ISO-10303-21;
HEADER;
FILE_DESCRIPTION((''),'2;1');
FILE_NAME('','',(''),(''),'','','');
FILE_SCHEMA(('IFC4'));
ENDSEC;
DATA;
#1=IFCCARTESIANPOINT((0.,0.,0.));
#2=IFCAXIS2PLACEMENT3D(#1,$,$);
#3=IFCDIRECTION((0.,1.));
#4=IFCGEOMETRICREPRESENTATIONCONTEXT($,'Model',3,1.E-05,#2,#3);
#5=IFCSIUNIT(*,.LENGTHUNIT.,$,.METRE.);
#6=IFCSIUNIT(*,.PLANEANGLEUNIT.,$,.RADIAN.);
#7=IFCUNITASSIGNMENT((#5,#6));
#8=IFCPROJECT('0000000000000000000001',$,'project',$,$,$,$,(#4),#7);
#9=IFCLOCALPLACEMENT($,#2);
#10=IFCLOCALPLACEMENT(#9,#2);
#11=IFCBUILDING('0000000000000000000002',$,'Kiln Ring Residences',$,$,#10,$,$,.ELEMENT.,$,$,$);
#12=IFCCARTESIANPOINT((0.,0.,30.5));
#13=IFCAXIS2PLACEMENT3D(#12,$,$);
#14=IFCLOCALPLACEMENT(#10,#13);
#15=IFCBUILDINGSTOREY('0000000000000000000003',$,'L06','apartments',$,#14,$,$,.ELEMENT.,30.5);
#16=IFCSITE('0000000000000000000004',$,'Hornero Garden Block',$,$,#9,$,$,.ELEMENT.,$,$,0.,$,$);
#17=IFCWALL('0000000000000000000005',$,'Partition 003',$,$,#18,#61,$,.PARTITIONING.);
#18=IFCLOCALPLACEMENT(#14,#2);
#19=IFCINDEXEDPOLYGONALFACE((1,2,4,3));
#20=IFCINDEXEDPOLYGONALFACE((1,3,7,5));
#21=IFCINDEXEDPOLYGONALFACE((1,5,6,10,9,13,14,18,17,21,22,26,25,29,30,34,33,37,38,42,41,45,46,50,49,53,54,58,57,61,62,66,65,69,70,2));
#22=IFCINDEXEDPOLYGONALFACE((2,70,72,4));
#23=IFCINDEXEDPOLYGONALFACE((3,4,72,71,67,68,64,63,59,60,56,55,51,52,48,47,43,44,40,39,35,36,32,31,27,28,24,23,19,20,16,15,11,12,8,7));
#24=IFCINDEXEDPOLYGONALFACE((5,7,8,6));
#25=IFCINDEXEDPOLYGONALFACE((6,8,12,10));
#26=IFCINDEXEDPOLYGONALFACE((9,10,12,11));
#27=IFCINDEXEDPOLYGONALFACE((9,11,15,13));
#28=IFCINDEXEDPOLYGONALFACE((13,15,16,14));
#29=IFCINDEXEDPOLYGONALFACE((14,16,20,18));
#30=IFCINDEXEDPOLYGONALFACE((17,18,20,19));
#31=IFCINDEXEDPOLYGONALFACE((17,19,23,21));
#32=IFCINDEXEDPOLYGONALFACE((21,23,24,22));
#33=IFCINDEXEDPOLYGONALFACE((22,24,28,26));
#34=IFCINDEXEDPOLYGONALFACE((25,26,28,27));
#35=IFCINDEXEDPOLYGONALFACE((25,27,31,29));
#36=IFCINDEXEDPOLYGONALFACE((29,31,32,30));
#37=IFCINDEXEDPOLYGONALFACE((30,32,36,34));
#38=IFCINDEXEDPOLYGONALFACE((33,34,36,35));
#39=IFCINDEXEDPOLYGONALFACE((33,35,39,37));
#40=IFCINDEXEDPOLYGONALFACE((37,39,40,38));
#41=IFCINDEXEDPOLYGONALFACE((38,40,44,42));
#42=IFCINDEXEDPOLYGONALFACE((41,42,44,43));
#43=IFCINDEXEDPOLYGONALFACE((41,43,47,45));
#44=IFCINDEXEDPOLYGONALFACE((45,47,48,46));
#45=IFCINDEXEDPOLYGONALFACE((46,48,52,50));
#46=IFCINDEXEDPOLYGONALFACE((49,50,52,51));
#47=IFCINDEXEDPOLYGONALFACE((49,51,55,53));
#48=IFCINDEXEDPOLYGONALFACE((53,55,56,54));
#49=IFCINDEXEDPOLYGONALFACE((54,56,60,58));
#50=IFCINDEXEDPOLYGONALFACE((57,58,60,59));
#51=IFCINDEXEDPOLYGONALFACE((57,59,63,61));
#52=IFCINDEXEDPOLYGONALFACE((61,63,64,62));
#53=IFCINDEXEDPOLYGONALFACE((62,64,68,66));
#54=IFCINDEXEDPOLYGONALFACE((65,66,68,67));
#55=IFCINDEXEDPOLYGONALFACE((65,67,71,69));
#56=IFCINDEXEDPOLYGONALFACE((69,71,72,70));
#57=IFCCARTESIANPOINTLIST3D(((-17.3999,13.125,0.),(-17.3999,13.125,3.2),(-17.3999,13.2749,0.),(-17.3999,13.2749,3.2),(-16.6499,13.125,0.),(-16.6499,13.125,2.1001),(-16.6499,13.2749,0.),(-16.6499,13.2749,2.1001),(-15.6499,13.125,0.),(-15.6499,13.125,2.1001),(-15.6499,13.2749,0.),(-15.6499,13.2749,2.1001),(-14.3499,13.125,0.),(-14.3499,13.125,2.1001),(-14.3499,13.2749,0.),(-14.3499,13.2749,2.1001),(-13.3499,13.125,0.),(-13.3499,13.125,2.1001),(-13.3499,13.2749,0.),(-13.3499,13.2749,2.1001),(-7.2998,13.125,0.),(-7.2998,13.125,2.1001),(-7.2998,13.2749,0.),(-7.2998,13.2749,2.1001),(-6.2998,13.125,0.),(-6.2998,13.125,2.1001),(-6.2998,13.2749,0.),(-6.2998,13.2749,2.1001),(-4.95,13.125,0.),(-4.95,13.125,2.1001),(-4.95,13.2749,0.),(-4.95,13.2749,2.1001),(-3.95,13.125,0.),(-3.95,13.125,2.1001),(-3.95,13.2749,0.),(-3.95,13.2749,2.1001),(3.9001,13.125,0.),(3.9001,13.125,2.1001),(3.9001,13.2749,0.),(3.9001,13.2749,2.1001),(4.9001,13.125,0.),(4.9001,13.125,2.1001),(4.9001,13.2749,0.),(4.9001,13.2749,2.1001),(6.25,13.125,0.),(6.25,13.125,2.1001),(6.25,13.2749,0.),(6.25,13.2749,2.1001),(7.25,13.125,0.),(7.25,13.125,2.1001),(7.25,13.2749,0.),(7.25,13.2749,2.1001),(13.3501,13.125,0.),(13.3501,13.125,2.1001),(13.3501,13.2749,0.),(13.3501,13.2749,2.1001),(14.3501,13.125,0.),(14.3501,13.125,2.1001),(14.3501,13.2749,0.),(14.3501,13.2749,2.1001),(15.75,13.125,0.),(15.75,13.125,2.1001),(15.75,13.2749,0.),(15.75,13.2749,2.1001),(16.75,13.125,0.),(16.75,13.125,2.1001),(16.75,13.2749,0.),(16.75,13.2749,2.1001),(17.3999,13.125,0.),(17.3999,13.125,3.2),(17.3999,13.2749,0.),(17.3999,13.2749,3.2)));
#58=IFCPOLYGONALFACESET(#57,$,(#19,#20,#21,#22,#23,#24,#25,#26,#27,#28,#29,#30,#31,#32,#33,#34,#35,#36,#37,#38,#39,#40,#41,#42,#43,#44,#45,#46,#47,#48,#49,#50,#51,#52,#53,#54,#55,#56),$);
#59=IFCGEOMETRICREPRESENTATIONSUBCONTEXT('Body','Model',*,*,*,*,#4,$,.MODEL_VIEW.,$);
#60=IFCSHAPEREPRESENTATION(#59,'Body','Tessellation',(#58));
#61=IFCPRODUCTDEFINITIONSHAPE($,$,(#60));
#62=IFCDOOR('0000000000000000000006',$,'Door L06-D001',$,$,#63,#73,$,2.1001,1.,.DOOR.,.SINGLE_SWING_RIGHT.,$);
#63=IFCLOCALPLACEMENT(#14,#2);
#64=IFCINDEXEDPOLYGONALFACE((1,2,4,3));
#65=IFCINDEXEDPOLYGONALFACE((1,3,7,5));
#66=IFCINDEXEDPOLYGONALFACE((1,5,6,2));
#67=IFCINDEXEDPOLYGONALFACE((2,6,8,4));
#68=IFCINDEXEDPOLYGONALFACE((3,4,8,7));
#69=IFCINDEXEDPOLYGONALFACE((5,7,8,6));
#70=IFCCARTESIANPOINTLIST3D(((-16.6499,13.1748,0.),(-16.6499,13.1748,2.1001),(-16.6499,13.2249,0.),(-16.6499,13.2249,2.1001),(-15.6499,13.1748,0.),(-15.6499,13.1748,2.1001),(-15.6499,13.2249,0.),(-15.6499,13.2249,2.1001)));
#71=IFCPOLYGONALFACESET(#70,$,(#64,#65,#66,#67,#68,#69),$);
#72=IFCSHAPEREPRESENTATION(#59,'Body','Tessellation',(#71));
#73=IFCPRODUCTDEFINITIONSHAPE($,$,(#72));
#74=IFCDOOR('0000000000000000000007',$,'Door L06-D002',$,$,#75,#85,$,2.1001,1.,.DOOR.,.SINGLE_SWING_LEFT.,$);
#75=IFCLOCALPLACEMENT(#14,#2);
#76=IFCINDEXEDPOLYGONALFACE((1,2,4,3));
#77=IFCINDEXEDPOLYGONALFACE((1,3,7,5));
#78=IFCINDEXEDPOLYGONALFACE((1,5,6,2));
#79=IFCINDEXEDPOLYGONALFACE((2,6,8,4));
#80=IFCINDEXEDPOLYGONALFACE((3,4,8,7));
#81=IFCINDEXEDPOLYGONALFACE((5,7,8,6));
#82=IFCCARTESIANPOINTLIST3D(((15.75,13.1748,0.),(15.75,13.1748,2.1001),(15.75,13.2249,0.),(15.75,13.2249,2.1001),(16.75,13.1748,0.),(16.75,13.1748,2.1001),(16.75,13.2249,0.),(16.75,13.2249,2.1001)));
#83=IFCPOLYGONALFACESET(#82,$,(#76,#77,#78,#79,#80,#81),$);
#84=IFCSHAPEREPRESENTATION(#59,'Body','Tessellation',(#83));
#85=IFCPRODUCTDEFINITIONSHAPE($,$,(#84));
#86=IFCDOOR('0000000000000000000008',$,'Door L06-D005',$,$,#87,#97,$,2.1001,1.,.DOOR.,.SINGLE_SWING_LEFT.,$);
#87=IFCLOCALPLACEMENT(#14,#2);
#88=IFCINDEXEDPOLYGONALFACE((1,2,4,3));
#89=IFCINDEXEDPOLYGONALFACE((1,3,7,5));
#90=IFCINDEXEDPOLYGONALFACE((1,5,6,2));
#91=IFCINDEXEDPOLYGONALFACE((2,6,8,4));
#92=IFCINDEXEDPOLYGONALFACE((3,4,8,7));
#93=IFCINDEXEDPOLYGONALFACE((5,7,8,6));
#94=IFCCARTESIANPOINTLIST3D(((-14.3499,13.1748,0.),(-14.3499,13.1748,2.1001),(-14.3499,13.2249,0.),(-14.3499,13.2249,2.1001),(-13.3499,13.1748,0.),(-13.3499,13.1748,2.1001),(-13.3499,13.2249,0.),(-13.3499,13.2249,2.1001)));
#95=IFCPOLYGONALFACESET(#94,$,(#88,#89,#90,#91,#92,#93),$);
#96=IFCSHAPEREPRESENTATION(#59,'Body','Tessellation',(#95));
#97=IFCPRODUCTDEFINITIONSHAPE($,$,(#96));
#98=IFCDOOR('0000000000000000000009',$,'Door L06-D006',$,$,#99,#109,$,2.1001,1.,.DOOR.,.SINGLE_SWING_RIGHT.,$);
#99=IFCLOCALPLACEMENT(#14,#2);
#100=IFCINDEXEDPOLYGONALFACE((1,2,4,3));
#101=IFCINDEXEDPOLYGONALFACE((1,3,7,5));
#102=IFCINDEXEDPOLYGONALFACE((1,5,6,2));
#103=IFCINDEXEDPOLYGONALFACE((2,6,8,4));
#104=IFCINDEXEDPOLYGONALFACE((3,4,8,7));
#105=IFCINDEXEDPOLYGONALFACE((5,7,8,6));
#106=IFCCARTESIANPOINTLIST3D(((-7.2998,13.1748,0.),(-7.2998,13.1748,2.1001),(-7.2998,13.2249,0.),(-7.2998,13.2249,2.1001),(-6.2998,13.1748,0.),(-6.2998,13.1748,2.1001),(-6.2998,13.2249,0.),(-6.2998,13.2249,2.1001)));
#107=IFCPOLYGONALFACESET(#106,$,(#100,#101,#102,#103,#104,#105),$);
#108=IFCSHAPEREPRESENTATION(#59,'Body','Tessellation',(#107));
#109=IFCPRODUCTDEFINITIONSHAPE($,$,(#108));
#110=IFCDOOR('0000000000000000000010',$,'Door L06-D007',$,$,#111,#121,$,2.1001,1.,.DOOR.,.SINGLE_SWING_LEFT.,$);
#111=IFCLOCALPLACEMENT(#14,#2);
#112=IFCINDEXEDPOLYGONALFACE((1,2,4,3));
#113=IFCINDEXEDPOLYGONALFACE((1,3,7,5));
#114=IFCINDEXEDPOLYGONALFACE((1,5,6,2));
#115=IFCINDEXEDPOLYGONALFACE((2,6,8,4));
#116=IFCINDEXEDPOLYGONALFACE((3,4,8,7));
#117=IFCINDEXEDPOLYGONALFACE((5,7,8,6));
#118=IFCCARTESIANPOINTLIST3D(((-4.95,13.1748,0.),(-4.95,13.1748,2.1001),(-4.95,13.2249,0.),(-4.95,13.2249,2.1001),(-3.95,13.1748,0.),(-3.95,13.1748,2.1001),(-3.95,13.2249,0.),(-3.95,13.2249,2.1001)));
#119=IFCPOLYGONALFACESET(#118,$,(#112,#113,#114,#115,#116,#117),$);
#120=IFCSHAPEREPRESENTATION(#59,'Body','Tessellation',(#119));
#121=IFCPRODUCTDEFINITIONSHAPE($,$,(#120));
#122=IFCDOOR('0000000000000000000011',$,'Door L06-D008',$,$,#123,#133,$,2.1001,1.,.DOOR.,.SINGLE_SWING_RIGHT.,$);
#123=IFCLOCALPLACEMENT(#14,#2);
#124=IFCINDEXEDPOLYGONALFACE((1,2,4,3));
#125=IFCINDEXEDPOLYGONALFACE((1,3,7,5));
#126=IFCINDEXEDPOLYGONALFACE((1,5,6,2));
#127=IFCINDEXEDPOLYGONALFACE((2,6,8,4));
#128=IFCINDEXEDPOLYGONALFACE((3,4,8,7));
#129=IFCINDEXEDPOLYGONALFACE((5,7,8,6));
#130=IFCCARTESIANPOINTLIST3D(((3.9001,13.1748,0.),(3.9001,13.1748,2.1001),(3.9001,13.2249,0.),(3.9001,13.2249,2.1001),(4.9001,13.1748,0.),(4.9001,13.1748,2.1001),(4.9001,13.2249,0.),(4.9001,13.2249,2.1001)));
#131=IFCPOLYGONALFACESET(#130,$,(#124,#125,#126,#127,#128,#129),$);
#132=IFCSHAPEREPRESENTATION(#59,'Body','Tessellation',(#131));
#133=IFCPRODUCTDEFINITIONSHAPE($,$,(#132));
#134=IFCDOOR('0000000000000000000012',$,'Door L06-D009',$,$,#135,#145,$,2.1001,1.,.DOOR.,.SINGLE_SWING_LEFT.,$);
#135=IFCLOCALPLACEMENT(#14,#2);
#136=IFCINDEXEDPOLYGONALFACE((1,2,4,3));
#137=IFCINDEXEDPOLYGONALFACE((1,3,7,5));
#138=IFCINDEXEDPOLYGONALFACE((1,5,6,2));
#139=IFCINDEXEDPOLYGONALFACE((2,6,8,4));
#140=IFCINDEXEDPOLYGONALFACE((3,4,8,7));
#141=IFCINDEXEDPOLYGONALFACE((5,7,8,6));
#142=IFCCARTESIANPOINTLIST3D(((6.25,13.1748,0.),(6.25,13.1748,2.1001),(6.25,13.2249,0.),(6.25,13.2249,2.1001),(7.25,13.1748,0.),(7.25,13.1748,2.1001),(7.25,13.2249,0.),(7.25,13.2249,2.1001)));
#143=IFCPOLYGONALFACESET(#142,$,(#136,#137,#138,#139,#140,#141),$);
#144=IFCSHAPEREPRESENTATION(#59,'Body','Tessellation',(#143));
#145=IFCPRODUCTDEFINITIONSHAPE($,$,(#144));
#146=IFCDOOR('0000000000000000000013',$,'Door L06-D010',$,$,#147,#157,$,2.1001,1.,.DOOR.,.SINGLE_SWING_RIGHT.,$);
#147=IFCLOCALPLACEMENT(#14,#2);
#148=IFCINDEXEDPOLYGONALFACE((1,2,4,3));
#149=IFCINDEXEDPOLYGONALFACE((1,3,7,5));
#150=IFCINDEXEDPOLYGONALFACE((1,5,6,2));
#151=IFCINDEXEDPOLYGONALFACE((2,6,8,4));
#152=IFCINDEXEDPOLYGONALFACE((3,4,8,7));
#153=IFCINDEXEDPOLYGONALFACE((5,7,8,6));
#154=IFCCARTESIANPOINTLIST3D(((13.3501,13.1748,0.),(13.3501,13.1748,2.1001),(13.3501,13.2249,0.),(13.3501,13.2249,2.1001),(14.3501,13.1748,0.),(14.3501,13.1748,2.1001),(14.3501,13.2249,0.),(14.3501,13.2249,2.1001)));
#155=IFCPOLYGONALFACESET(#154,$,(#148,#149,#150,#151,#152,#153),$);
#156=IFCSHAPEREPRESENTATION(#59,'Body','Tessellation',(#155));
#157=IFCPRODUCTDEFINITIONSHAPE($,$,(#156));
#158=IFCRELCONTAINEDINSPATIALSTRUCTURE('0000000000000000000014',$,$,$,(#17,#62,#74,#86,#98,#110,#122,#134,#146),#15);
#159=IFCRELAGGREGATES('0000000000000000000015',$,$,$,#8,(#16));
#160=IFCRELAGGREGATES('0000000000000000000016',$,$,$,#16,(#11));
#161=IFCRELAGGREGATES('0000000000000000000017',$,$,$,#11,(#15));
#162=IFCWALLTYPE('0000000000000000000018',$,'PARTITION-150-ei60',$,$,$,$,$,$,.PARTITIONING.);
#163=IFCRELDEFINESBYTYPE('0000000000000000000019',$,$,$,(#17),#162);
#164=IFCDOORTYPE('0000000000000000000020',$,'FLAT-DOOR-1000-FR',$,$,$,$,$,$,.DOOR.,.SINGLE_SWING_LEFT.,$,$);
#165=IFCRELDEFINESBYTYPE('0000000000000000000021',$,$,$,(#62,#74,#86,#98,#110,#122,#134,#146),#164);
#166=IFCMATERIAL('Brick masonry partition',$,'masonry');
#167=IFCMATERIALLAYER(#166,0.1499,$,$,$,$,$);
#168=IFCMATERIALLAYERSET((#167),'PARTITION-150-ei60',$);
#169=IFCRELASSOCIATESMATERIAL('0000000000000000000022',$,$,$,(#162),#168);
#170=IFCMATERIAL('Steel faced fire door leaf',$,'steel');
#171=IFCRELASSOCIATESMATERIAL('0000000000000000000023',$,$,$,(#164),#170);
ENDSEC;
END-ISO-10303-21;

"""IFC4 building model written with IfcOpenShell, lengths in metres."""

from ifc_helpers import new_model, si_unit, direction, frame, frame_2d, origin, place, context, subcontext, project, spatial, rectangle, extrude, material, layer, layer_set, type_object, element, fill, save


model = new_model("IFC4")

# Units and contexts
model_context = context("Model", 3, precision=1e-05, world=origin(), true_north=direction((0.0, 1.0)))
body_context = subcontext(model_context, "Body", "Model", "MODEL_VIEW")
ifc_project = project(units=[si_unit("LENGTHUNIT", "METRE"), si_unit("PLANEANGLEUNIT", "RADIAN")], contexts=[model_context])

# Site, building, storey
site_placement = place(None, origin())
site = spatial("IfcSite", under=ifc_project, at=site_placement, Name="Hornero Garden Block", CompositionType="ELEMENT", RefElevation=0.0)
building_placement = place(site_placement, origin())
building = spatial("IfcBuilding", under=site, at=building_placement, Name="Kiln Ring Residences", CompositionType="ELEMENT")
storey_placement = place(building_placement, frame((0.0, 0.0, 30.5)))
storey = spatial("IfcBuildingStorey", under=building, at=storey_placement, Name="L06", Description="apartments", CompositionType="ELEMENT", Elevation=30.5)

# Wall, openings, doors
ifc_material_1 = material(Name="Brick masonry partition", Category="masonry")
ifc_layer_1 = layer(ifc_material_1, 0.1499)
ifc_layer_set_1 = layer_set([ifc_layer_1], Name="PARTITION-150-ei60")
wall_type_1 = type_object("IfcWallType", Name="PARTITION-150-ei60", PredefinedType="PARTITIONING", material=ifc_layer_set_1)
wall_1_placement = place(storey_placement, frame((-17.3999, 13.2, 0.0), z_axis=(0.0, 0.0, 1.0), x_axis=(1.0, 0.0, 0.0)))
wall_1 = element("IfcWall", 1, at=wall_1_placement, inside=storey, type_object=wall_type_1, Name="Partition 003", PredefinedType="PARTITIONING", context=body_context, shape_type="SweptSolid", body=[
    extrude(rectangle(XDim=34.7998, YDim=0.1499, at=frame_2d((17.3999, 0.0))), origin(), (0.0, 0.0, 1.0), 3.2),
])
opening_1_placement = place(wall_1_placement, frame((0.75, 0.0, 0.0)))
opening_1 = element("IfcOpeningElement", 2, at=opening_1_placement, cuts=wall_1, PredefinedType="OPENING", context=body_context, shape_type="SweptSolid", body=[
    extrude(rectangle(XDim=1.0, YDim=2.1001, at=frame_2d((0.5, 1.05))), frame((0.0, 0.085, 0.0), z_axis=(0.0, -1.0, 0.0), x_axis=(1.0, 0.0, 0.0)), (0.0, 0.0, 1.0), 0.1699),
])
opening_2_placement = place(wall_1_placement, frame((33.1499, 0.0, 0.0)))
opening_2 = element("IfcOpeningElement", 3, at=opening_2_placement, cuts=wall_1, PredefinedType="OPENING", context=body_context, shape_type="SweptSolid", body=[
    extrude(rectangle(XDim=1.0, YDim=2.1001, at=frame_2d((0.5, 1.05))), frame((0.0, 0.085, 0.0), z_axis=(0.0, -1.0, 0.0), x_axis=(1.0, 0.0, 0.0)), (0.0, 0.0, 1.0), 0.1699),
])
opening_3_placement = place(wall_1_placement, frame((3.05, 0.0, 0.0)))
opening_3 = element("IfcOpeningElement", 4, at=opening_3_placement, cuts=wall_1, PredefinedType="OPENING", context=body_context, shape_type="SweptSolid", body=[
    extrude(rectangle(XDim=1.0, YDim=2.1001, at=frame_2d((0.5, 1.05))), frame((0.0, 0.085, 0.0), z_axis=(0.0, -1.0, 0.0), x_axis=(1.0, 0.0, 0.0)), (0.0, 0.0, 1.0), 0.1699),
])
opening_4_placement = place(wall_1_placement, frame((10.1001, 0.0, 0.0)))
opening_4 = element("IfcOpeningElement", 5, at=opening_4_placement, cuts=wall_1, PredefinedType="OPENING", context=body_context, shape_type="SweptSolid", body=[
    extrude(rectangle(XDim=1.0, YDim=2.1001, at=frame_2d((0.5, 1.05))), frame((0.0, 0.085, 0.0), z_axis=(0.0, -1.0, 0.0), x_axis=(1.0, 0.0, 0.0)), (0.0, 0.0, 1.0), 0.1699),
])
opening_5_placement = place(wall_1_placement, frame((12.45, 0.0, 0.0)))
opening_5 = element("IfcOpeningElement", 6, at=opening_5_placement, cuts=wall_1, PredefinedType="OPENING", context=body_context, shape_type="SweptSolid", body=[
    extrude(rectangle(XDim=1.0, YDim=2.1001, at=frame_2d((0.5, 1.05))), frame((0.0, 0.085, 0.0), z_axis=(0.0, -1.0, 0.0), x_axis=(1.0, 0.0, 0.0)), (0.0, 0.0, 1.0), 0.1699),
])
opening_6_placement = place(wall_1_placement, frame((21.3, 0.0, 0.0)))
opening_6 = element("IfcOpeningElement", 7, at=opening_6_placement, cuts=wall_1, PredefinedType="OPENING", context=body_context, shape_type="SweptSolid", body=[
    extrude(rectangle(XDim=1.0, YDim=2.1001, at=frame_2d((0.5, 1.05))), frame((0.0, 0.085, 0.0), z_axis=(0.0, -1.0, 0.0), x_axis=(1.0, 0.0, 0.0)), (0.0, 0.0, 1.0), 0.1699),
])
opening_7_placement = place(wall_1_placement, frame((23.6499, 0.0, 0.0)))
opening_7 = element("IfcOpeningElement", 8, at=opening_7_placement, cuts=wall_1, PredefinedType="OPENING", context=body_context, shape_type="SweptSolid", body=[
    extrude(rectangle(XDim=1.0, YDim=2.1001, at=frame_2d((0.5, 1.05))), frame((0.0, 0.085, 0.0), z_axis=(0.0, -1.0, 0.0), x_axis=(1.0, 0.0, 0.0)), (0.0, 0.0, 1.0), 0.1699),
])
opening_8_placement = place(wall_1_placement, frame((30.75, 0.0, 0.0)))
opening_8 = element("IfcOpeningElement", 9, at=opening_8_placement, cuts=wall_1, PredefinedType="OPENING", context=body_context, shape_type="SweptSolid", body=[
    extrude(rectangle(XDim=1.0, YDim=2.1001, at=frame_2d((0.5, 1.05))), frame((0.0, 0.085, 0.0), z_axis=(0.0, -1.0, 0.0), x_axis=(1.0, 0.0, 0.0)), (0.0, 0.0, 1.0), 0.1699),
])
ifc_material_2 = material(Name="Steel faced fire door leaf", Category="steel")
door_type = type_object("IfcDoorType", Name="FLAT-DOOR-1000-FR", OperationType="SINGLE_SWING_LEFT", PredefinedType="DOOR", material=ifc_material_2)
door_1_placement = place(opening_1_placement, origin())
door_1 = element("IfcDoor", 10, at=door_1_placement, inside=storey, type_object=door_type, Name="Door L06-D001", OperationType="SINGLE_SWING_RIGHT", OverallHeight=2.1001, OverallWidth=1.0, PredefinedType="DOOR", context=body_context, shape_type="SweptSolid", body=[
    extrude(rectangle(XDim=1.0, YDim=2.1001, at=frame_2d((0.5, 1.05))), frame((0.0, 0.0249, 0.0), z_axis=(0.0, -1.0, 0.0), x_axis=(1.0, 0.0, 0.0)), (0.0, 0.0, 1.0), 0.05),
])
fill(opening_1, door_1)
door_2_placement = place(opening_2_placement, origin())
door_2 = element("IfcDoor", 11, at=door_2_placement, inside=storey, type_object=door_type, Name="Door L06-D002", OperationType="SINGLE_SWING_LEFT", OverallHeight=2.1001, OverallWidth=1.0, PredefinedType="DOOR", context=body_context, shape_type="SweptSolid", body=[
    extrude(rectangle(XDim=1.0, YDim=2.1001, at=frame_2d((0.5, 1.05))), frame((0.0, 0.0249, 0.0), z_axis=(0.0, -1.0, 0.0), x_axis=(1.0, 0.0, 0.0)), (0.0, 0.0, 1.0), 0.05),
])
fill(opening_2, door_2)
door_3_placement = place(opening_3_placement, origin())
door_3 = element("IfcDoor", 12, at=door_3_placement, inside=storey, type_object=door_type, Name="Door L06-D005", OperationType="SINGLE_SWING_LEFT", OverallHeight=2.1001, OverallWidth=1.0, PredefinedType="DOOR", context=body_context, shape_type="SweptSolid", body=[
    extrude(rectangle(XDim=1.0, YDim=2.1001, at=frame_2d((0.5, 1.05))), frame((0.0, 0.0249, 0.0), z_axis=(0.0, -1.0, 0.0), x_axis=(1.0, 0.0, 0.0)), (0.0, 0.0, 1.0), 0.05),
])
fill(opening_3, door_3)
door_4_placement = place(opening_4_placement, origin())
door_4 = element("IfcDoor", 13, at=door_4_placement, inside=storey, type_object=door_type, Name="Door L06-D006", OperationType="SINGLE_SWING_RIGHT", OverallHeight=2.1001, OverallWidth=1.0, PredefinedType="DOOR", context=body_context, shape_type="SweptSolid", body=[
    extrude(rectangle(XDim=1.0, YDim=2.1001, at=frame_2d((0.5, 1.05))), frame((0.0, 0.0249, 0.0), z_axis=(0.0, -1.0, 0.0), x_axis=(1.0, 0.0, 0.0)), (0.0, 0.0, 1.0), 0.05),
])
fill(opening_4, door_4)
door_5_placement = place(opening_5_placement, origin())
door_5 = element("IfcDoor", 14, at=door_5_placement, inside=storey, type_object=door_type, Name="Door L06-D007", OperationType="SINGLE_SWING_LEFT", OverallHeight=2.1001, OverallWidth=1.0, PredefinedType="DOOR", context=body_context, shape_type="SweptSolid", body=[
    extrude(rectangle(XDim=1.0, YDim=2.1001, at=frame_2d((0.5, 1.05))), frame((0.0, 0.0249, 0.0), z_axis=(0.0, -1.0, 0.0), x_axis=(1.0, 0.0, 0.0)), (0.0, 0.0, 1.0), 0.05),
])
fill(opening_5, door_5)
door_6_placement = place(opening_6_placement, origin())
door_6 = element("IfcDoor", 15, at=door_6_placement, inside=storey, type_object=door_type, Name="Door L06-D008", OperationType="SINGLE_SWING_RIGHT", OverallHeight=2.1001, OverallWidth=1.0, PredefinedType="DOOR", context=body_context, shape_type="SweptSolid", body=[
    extrude(rectangle(XDim=1.0, YDim=2.1001, at=frame_2d((0.5, 1.05))), frame((0.0, 0.0249, 0.0), z_axis=(0.0, -1.0, 0.0), x_axis=(1.0, 0.0, 0.0)), (0.0, 0.0, 1.0), 0.05),
])
fill(opening_6, door_6)
door_7_placement = place(opening_7_placement, origin())
door_7 = element("IfcDoor", 16, at=door_7_placement, inside=storey, type_object=door_type, Name="Door L06-D009", OperationType="SINGLE_SWING_LEFT", OverallHeight=2.1001, OverallWidth=1.0, PredefinedType="DOOR", context=body_context, shape_type="SweptSolid", body=[
    extrude(rectangle(XDim=1.0, YDim=2.1001, at=frame_2d((0.5, 1.05))), frame((0.0, 0.0249, 0.0), z_axis=(0.0, -1.0, 0.0), x_axis=(1.0, 0.0, 0.0)), (0.0, 0.0, 1.0), 0.05),
])
fill(opening_7, door_7)
door_8_placement = place(opening_8_placement, origin())
door_8 = element("IfcDoor", 17, at=door_8_placement, inside=storey, type_object=door_type, Name="Door L06-D010", OperationType="SINGLE_SWING_RIGHT", OverallHeight=2.1001, OverallWidth=1.0, PredefinedType="DOOR", context=body_context, shape_type="SweptSolid", body=[
    extrude(rectangle(XDim=1.0, YDim=2.1001, at=frame_2d((0.5, 1.05))), frame((0.0, 0.0249, 0.0), z_axis=(0.0, -1.0, 0.0), x_axis=(1.0, 0.0, 0.0)), (0.0, 0.0, 1.0), 0.05),
])
fill(opening_8, door_8)

save(model, "model.ifc")
